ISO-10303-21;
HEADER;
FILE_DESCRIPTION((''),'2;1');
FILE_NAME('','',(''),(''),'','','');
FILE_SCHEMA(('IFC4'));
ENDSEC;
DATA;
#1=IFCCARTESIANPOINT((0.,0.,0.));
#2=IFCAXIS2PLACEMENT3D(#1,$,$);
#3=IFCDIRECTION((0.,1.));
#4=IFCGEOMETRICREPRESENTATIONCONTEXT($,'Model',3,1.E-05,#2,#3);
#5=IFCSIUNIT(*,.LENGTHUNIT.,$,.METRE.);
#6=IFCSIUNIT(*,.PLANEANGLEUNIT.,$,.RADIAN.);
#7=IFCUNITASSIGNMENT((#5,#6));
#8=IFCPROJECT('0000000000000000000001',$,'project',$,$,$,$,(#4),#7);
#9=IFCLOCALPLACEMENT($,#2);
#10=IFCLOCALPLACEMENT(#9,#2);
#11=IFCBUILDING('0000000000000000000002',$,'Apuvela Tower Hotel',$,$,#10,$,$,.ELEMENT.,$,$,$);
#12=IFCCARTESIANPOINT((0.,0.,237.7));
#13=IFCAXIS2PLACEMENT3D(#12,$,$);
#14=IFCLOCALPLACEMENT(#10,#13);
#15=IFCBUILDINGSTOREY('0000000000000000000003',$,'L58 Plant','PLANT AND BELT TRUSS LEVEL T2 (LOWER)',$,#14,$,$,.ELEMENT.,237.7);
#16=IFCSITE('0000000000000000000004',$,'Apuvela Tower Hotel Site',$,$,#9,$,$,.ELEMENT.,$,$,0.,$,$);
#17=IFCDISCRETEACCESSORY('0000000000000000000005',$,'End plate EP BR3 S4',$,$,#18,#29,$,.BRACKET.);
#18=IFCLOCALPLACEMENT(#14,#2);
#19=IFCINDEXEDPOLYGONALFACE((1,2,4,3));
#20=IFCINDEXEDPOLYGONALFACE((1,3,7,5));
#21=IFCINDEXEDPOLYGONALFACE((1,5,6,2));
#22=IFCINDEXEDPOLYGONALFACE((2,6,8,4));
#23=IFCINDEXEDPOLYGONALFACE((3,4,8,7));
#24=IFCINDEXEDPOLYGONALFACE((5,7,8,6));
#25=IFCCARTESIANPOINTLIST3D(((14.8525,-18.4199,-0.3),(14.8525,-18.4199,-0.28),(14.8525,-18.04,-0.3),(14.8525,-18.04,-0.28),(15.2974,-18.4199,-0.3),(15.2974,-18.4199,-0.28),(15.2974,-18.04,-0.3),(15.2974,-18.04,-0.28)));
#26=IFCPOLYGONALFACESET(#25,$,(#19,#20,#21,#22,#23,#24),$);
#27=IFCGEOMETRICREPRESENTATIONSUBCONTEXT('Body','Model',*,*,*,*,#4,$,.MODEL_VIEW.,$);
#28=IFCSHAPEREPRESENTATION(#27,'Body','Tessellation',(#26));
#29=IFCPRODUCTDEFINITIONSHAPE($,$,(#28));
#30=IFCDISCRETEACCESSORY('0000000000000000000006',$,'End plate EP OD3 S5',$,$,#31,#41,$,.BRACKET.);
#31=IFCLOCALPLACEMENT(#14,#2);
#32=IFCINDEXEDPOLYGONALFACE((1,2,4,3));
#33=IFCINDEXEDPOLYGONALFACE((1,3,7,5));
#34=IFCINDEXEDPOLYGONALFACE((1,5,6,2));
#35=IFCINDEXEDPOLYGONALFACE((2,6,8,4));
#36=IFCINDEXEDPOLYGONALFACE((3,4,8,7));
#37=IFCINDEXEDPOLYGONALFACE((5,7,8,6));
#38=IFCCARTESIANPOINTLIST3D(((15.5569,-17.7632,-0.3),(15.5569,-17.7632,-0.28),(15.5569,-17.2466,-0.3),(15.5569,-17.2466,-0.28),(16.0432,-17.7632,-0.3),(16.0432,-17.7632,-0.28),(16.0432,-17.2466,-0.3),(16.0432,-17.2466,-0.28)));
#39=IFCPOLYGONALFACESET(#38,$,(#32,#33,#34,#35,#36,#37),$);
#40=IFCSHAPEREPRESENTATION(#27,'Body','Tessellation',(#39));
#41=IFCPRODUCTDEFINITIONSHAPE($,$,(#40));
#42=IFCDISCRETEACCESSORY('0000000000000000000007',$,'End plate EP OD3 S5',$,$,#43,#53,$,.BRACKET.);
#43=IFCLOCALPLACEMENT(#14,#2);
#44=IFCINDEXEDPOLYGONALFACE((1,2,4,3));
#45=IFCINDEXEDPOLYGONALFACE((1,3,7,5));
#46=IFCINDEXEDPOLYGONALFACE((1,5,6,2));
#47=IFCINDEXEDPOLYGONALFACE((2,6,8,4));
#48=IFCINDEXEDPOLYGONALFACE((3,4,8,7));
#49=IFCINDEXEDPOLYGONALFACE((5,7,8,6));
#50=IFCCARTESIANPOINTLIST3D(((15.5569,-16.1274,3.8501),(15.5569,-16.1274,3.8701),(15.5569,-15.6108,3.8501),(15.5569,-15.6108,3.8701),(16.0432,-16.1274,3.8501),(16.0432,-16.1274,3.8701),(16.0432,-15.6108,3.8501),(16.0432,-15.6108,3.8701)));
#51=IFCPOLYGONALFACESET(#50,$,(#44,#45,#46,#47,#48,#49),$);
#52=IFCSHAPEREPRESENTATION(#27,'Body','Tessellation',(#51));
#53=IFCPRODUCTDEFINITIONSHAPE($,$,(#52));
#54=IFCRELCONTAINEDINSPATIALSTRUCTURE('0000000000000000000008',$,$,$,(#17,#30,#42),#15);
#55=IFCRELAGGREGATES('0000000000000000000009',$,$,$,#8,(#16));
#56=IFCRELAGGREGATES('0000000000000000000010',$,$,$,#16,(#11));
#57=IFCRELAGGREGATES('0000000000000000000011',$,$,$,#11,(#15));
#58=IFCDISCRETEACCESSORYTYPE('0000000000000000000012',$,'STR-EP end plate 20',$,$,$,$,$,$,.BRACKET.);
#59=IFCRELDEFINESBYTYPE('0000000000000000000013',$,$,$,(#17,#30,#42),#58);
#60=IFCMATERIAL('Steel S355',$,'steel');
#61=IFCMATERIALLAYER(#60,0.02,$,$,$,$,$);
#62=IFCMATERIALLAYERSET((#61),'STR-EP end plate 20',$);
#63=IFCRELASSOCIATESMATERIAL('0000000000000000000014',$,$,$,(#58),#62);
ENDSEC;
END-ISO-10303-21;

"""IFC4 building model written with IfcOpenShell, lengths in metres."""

from ifc_helpers import new_model, si_unit, direction, frame, origin, origin_2d, place, context, subcontext, project, spatial, rectangle, extrude, material, layer, layer_set, type_object, element, save


model = new_model("IFC4")

# Units and contexts
model_context = context("Model", 3, precision=1e-05, world=origin(), true_north=direction((0.0, 1.0)))
body_context = subcontext(model_context, "Body", "Model", "MODEL_VIEW")
ifc_project = project(units=[si_unit("LENGTHUNIT", "METRE"), si_unit("PLANEANGLEUNIT", "RADIAN")], contexts=[model_context])

# Site, building, storey
site_placement = place(None, origin())
site = spatial("IfcSite", under=ifc_project, at=site_placement, Name="Apuvela Tower Hotel Site", CompositionType="ELEMENT", RefElevation=0.0)
building_placement = place(site_placement, origin())
building = spatial("IfcBuilding", under=site, at=building_placement, Name="Apuvela Tower Hotel", CompositionType="ELEMENT")
storey_placement = place(building_placement, frame((0.0, 0.0, 237.7)))
storey = spatial("IfcBuildingStorey", under=building, at=storey_placement, Name="L58 Plant", Description="PLANT AND BELT TRUSS LEVEL T2 (LOWER)", CompositionType="ELEMENT", Elevation=237.7)

# Shared definitions
ifc_material_1 = material(Name="Steel S355", Category="steel")

# Discrete accessories
ifc_layer_1 = layer(ifc_material_1, 0.02)
ifc_layer_set_1 = layer_set([ifc_layer_1], Name="STR-EP end plate 20")
discrete_accessory_type_1 = type_object("IfcDiscreteAccessoryType", Name="STR-EP end plate 20", PredefinedType="BRACKET", material=ifc_layer_set_1)
discrete_accessory_1_placement = place(storey_placement, frame((15.075, -18.23, -0.3), z_axis=(0.0, 0.0, 1.0), x_axis=(-1.0, 0.0, 0.0)))
element("IfcDiscreteAccessory", 1, at=discrete_accessory_1_placement, inside=storey, type_object=discrete_accessory_type_1, Name="End plate EP BR3 S4", PredefinedType="BRACKET", context=body_context, shape_type="SweptSolid", body=[
    extrude(rectangle(XDim=0.4448, YDim=0.3799, at=origin_2d()), origin(), (0.0, 0.0, 1.0), 0.02),
])
for number, where, z_axis, x_axis, name in (
    (2, (15.8, -17.5049, -0.3), (0.0, 0.0, 1.0), (0.0, 1.0, 0.0), "End plate EP OD3 S5"),
    (3, (15.8, -15.8691, 3.8501), (0.0, 0.0, 1.0), (0.0, 1.0, 0.0), "End plate EP OD3 S5"),
):
    element("IfcDiscreteAccessory", number, at=place(storey_placement, frame(where, z_axis=z_axis, x_axis=x_axis)), inside=storey, type_object=discrete_accessory_type_1, Name=name, PredefinedType="BRACKET", context=body_context, shape_type="SweptSolid", body=[
        extrude(rectangle(XDim=0.5166, YDim=0.4863, at=origin_2d()), origin(), (0.0, 0.0, 1.0), 0.02),
    ])

save(model, "model.ifc")
